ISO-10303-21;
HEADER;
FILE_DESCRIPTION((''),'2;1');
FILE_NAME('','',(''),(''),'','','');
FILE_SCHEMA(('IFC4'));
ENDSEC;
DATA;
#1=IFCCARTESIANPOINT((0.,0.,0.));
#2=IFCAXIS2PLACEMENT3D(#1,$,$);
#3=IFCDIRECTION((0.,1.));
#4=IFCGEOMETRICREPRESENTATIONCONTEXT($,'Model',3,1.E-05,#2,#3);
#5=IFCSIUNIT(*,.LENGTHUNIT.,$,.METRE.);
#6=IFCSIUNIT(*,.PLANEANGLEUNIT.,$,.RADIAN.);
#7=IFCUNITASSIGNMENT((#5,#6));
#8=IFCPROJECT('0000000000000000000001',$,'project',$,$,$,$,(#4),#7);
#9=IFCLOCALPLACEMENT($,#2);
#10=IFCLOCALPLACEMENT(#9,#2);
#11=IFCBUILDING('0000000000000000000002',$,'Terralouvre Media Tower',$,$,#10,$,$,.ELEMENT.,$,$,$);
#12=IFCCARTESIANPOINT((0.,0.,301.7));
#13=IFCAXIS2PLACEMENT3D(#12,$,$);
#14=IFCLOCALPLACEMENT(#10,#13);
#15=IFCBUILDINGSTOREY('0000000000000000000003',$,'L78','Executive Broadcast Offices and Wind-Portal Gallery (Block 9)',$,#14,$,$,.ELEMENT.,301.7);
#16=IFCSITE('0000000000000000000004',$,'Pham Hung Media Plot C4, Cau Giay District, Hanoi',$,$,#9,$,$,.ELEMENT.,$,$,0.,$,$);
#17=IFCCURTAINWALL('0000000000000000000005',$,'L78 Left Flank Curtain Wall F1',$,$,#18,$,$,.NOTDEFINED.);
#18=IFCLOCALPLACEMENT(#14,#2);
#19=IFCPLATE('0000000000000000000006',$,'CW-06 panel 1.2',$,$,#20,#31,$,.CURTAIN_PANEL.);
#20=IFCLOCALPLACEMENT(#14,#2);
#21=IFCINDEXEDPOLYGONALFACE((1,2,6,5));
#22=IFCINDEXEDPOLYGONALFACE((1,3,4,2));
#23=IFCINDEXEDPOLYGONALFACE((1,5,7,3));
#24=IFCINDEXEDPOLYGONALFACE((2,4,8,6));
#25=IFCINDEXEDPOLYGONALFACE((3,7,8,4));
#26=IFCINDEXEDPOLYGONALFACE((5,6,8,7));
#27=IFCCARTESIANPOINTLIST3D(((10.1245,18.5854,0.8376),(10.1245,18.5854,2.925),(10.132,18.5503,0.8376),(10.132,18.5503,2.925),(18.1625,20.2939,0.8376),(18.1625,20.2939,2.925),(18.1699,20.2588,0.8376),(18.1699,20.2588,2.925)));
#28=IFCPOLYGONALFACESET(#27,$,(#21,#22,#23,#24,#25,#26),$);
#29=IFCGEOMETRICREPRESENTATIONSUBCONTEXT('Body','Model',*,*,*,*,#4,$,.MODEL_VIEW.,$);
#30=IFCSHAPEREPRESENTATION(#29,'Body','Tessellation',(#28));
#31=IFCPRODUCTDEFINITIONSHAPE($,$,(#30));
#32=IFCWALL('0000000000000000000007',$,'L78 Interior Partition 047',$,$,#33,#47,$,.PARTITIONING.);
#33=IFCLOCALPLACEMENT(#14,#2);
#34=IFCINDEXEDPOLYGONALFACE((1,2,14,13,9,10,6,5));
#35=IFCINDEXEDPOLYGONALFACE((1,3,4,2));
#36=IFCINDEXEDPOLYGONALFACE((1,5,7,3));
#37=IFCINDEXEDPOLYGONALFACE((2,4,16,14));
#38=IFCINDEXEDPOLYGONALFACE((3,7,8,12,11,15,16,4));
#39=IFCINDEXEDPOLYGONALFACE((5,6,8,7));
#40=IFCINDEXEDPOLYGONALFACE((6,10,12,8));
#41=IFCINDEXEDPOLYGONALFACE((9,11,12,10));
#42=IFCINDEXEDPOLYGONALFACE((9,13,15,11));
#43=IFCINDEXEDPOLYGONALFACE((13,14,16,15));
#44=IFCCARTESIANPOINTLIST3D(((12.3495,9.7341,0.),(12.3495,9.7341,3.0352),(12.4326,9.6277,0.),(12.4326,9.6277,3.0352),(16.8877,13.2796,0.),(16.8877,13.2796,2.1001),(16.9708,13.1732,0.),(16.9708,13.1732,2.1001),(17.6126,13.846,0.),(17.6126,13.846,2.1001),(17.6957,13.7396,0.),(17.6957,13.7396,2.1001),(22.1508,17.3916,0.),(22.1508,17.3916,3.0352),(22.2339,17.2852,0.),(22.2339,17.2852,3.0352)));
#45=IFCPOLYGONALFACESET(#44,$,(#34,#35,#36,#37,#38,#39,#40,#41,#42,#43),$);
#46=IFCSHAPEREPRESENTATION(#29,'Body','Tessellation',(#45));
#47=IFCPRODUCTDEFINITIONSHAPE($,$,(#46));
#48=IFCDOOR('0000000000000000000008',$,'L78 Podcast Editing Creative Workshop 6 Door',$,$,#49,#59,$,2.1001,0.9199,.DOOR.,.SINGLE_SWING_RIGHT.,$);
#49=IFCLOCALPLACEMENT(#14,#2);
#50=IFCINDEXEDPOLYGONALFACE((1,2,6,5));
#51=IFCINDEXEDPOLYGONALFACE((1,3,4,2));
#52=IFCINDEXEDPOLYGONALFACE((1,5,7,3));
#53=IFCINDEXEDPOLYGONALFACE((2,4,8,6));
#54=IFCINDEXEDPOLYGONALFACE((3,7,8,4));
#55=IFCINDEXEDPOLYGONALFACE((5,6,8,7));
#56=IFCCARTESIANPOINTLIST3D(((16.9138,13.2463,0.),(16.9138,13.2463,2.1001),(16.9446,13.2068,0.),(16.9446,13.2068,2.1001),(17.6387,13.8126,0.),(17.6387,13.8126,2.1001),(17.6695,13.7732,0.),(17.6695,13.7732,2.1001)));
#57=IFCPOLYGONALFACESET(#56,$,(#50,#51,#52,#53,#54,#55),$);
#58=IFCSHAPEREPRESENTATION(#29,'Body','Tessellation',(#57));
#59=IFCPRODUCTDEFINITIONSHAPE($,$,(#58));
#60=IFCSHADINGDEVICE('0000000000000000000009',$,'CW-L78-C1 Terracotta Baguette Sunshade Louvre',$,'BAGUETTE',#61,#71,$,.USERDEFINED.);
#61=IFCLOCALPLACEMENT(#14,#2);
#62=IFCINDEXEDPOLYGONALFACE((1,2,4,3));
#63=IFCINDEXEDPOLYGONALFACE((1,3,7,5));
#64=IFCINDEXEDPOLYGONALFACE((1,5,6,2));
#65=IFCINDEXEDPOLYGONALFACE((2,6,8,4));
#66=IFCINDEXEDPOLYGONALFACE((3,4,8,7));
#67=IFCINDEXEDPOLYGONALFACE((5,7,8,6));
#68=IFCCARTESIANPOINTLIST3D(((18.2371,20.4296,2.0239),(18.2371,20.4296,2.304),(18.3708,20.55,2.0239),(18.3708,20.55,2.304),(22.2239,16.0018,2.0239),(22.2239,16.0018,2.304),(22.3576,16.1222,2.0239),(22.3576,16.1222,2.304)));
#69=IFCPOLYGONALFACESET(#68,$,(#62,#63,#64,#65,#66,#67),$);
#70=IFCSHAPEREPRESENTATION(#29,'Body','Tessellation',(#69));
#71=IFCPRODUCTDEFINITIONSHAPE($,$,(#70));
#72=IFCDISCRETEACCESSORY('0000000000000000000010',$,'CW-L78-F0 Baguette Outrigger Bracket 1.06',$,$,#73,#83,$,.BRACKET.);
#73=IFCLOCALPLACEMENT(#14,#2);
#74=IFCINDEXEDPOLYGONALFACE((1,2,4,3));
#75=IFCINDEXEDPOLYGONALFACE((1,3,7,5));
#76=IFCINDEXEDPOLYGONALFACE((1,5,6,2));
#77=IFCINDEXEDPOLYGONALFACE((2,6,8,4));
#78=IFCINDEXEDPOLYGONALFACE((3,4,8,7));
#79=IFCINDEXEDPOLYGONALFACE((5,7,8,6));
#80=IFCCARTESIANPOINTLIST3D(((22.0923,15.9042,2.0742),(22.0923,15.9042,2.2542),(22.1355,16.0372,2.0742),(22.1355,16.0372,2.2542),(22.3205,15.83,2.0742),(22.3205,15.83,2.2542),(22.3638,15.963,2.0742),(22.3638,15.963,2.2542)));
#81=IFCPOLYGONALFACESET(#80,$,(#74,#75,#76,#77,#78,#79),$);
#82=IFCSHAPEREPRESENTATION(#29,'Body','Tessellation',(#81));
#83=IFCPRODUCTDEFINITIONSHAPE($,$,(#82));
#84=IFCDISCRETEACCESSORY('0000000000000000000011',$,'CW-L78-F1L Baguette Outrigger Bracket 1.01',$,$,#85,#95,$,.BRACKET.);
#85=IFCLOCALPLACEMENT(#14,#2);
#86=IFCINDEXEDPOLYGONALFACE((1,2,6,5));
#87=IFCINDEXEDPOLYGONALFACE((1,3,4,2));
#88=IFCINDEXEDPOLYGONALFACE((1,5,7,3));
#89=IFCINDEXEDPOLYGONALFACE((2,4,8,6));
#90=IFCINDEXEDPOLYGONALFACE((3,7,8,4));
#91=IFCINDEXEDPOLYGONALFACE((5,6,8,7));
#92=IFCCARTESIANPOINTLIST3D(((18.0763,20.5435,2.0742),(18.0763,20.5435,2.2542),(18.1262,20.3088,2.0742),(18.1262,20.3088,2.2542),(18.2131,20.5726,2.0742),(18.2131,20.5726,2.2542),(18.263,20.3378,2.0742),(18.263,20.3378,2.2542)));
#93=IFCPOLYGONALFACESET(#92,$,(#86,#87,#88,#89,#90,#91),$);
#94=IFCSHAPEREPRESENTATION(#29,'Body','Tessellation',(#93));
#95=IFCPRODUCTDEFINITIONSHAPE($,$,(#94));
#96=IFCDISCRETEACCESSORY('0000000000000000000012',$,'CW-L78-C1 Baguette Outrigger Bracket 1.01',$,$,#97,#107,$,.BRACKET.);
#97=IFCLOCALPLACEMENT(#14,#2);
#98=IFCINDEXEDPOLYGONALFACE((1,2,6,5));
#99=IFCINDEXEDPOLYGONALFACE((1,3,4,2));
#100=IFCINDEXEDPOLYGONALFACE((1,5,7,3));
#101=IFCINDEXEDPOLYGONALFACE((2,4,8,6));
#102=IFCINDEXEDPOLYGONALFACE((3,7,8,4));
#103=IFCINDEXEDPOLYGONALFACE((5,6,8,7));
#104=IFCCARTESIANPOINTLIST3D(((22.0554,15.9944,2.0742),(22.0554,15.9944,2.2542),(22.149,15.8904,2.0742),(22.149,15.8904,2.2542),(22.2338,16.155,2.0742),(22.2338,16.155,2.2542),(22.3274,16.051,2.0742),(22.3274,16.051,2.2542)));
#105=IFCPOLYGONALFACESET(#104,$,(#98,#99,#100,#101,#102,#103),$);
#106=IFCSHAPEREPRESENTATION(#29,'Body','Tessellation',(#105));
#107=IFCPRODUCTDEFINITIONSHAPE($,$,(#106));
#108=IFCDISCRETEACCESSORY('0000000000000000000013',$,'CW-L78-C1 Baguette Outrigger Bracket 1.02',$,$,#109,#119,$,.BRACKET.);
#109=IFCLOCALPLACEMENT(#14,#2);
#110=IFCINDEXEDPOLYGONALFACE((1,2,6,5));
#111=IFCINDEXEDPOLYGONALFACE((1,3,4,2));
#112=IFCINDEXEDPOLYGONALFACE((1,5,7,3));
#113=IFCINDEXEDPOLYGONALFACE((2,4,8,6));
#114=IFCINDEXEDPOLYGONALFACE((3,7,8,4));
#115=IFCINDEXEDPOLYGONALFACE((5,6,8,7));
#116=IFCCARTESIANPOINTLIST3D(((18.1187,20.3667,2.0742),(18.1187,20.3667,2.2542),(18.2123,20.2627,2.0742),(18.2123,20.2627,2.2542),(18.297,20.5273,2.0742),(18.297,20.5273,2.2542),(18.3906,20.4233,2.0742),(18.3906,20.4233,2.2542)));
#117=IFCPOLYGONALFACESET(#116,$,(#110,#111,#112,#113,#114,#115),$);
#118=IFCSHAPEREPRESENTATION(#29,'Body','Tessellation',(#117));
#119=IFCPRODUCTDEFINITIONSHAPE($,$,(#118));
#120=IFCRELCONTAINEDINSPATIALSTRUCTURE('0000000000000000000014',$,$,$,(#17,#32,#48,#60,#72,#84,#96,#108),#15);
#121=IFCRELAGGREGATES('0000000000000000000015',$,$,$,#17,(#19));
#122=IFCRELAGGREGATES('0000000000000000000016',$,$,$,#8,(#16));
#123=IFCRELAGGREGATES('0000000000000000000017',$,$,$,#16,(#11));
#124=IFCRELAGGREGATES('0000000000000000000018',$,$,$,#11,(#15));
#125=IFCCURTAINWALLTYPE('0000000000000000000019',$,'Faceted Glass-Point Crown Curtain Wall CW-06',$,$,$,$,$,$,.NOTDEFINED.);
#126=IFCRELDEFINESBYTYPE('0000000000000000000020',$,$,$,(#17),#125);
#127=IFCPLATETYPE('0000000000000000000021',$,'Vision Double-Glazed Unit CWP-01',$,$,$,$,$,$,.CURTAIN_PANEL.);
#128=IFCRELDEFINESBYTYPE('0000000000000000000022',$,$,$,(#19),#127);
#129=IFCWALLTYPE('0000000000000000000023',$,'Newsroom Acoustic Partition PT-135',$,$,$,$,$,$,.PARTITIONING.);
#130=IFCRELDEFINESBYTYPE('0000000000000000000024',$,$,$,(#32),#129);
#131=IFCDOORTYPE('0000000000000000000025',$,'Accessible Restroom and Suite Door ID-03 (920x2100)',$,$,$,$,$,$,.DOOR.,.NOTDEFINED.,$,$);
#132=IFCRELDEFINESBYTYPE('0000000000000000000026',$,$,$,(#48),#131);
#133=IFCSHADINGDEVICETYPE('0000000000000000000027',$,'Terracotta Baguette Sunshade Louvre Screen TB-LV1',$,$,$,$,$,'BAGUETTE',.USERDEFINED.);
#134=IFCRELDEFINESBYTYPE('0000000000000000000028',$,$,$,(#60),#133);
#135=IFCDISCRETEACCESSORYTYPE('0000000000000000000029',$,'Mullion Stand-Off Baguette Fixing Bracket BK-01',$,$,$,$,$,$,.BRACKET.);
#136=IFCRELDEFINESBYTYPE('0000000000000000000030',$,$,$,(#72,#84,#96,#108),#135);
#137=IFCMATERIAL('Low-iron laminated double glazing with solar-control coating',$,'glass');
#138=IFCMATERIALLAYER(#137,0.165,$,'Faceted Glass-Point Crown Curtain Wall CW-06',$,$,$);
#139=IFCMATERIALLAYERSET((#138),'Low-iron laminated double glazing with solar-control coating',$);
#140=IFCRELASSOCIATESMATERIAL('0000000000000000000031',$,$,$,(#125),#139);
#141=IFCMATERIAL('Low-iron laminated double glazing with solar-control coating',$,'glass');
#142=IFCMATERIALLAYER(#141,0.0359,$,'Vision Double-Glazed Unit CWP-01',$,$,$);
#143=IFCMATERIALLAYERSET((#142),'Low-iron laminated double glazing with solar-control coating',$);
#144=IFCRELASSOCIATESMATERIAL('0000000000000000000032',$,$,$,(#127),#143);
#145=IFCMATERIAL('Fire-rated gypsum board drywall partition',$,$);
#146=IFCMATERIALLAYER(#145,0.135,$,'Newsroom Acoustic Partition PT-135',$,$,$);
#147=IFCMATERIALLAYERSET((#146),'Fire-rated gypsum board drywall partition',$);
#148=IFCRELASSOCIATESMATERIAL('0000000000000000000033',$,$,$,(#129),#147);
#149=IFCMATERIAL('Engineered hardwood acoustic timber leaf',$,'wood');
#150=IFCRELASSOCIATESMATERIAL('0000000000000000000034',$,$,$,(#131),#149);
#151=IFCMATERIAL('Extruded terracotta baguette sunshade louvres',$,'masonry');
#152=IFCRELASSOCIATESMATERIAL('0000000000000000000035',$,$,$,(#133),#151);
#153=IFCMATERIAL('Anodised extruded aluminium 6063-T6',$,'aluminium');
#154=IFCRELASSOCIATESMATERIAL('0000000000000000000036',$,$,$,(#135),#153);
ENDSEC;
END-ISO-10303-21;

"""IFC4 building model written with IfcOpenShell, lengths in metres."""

from ifc_helpers import new_model, si_unit, direction, frame, frame_2d, origin, origin_2d, place, context, subcontext, project, spatial, rectangle, extrude, material, layer, layer_set, type_object, element, fill, aggregate, save


model = new_model("IFC4")

# Units and contexts
model_context = context("Model", 3, precision=1e-05, world=origin(), true_north=direction((0.0, 1.0)))
body_context = subcontext(model_context, "Body", "Model", "MODEL_VIEW")
ifc_project = project(units=[si_unit("LENGTHUNIT", "METRE"), si_unit("PLANEANGLEUNIT", "RADIAN")], contexts=[model_context])

# Site, building, storey
site_placement = place(None, origin())
site = spatial("IfcSite", under=ifc_project, at=site_placement, Name="Pham Hung Media Plot C4, Cau Giay District, Hanoi", CompositionType="ELEMENT", RefElevation=0.0)
building_placement = place(site_placement, origin())
building = spatial("IfcBuilding", under=site, at=building_placement, Name="Terralouvre Media Tower", CompositionType="ELEMENT")
storey_placement = place(building_placement, frame((0.0, 0.0, 301.7)))
storey = spatial("IfcBuildingStorey", under=building, at=storey_placement, Name="L78", Description="Executive Broadcast Offices and Wind-Portal Gallery (Block 9)", CompositionType="ELEMENT", Elevation=301.7)

# Curtain wall
ifc_material_1 = material(Name="Low-iron laminated double glazing with solar-control coating", Category="glass")
ifc_layer_1 = layer(ifc_material_1, 0.165, Name="Faceted Glass-Point Crown Curtain Wall CW-06")
ifc_layer_set_1 = layer_set([ifc_layer_1], Name="Low-iron laminated double glazing with solar-control coating")
curtain_wall_type_1 = type_object("IfcCurtainWallType", Name="Faceted Glass-Point Crown Curtain Wall CW-06", PredefinedType="NOTDEFINED", material=ifc_layer_set_1)
curtain_wall_1_placement = place(storey_placement, origin())
curtain_wall_1 = element("IfcCurtainWall", 1, at=curtain_wall_1_placement, inside=storey, type_object=curtain_wall_type_1, Name="L78 Left Flank Curtain Wall F1", PredefinedType="NOTDEFINED")

# Plate
ifc_material_2 = material(Name="Low-iron laminated double glazing with solar-control coating", Category="glass")
ifc_layer_2 = layer(ifc_material_2, 0.0359, Name="Vision Double-Glazed Unit CWP-01")
ifc_layer_set_2 = layer_set([ifc_layer_2], Name="Low-iron laminated double glazing with solar-control coating")
plate_type_1 = type_object("IfcPlateType", Name="Vision Double-Glazed Unit CWP-01", PredefinedType="CURTAIN_PANEL", material=ifc_layer_set_2)
plate_1_placement = place(storey_placement, frame((14.1472, 19.4221, 0.8376), z_axis=(0.0, 0.0, 1.0), x_axis=(-0.978148, -0.207912, 0.0)))
plate_1 = element("IfcPlate", 2, at=plate_1_placement, type_object=plate_type_1, Name="CW-06 panel 1.2", PredefinedType="CURTAIN_PANEL", context=body_context, shape_type="SweptSolid", body=[
    extrude(rectangle(XDim=8.2175, YDim=0.0359, at=origin_2d()), origin(), (0.0, 0.0, 1.0), 2.0874),
])
aggregate(curtain_wall_1, [plate_1])

# Wall, opening, door
ifc_material_3 = material(Name="Fire-rated gypsum board drywall partition")
ifc_layer_3 = layer(ifc_material_3, 0.135, Name="Newsroom Acoustic Partition PT-135")
ifc_layer_set_3 = layer_set([ifc_layer_3], Name="Fire-rated gypsum board drywall partition")
wall_type = type_object("IfcWallType", Name="Newsroom Acoustic Partition PT-135", PredefinedType="PARTITIONING", material=ifc_layer_set_3)
wall_placement = place(storey_placement, frame((22.1924, 17.3384, 0.0), z_axis=(0.0, 0.0, 1.0), x_axis=(-0.788015, -0.615655, 0.0)))
wall = element("IfcWall", 3, at=wall_placement, inside=storey, type_object=wall_type, Name="L78 Interior Partition 047", PredefinedType="PARTITIONING", context=body_context, shape_type="SweptSolid", body=[
    extrude(rectangle(XDim=12.438, YDim=0.135, at=frame_2d((6.219, 0.0))), origin(), (0.0, 0.0, 1.0), 3.0352),
])
opening_placement = place(wall_placement, frame((5.759, 0.0, 0.0)))
opening = element("IfcOpeningElement", 4, at=opening_placement, cuts=wall, PredefinedType="OPENING", context=body_context, shape_type="SweptSolid", body=[
    extrude(rectangle(XDim=0.9199, YDim=2.1001, at=frame_2d((0.46, 1.05))), frame((0.0, 0.0774, 0.0), z_axis=(0.0, -1.0, 0.0), x_axis=(1.0, 0.0, 0.0)), (0.0, 0.0, 1.0), 0.155),
])
ifc_material_4 = material(Name="Engineered hardwood acoustic timber leaf", Category="wood")
door_type = type_object("IfcDoorType", Name="Accessible Restroom and Suite Door ID-03 (920x2100)", OperationType="NOTDEFINED", PredefinedType="DOOR", material=ifc_material_4)
door_placement = place(opening_placement, origin())
door = element("IfcDoor", 5, at=door_placement, inside=storey, type_object=door_type, Name="L78 Podcast Editing Creative Workshop 6 Door", OperationType="SINGLE_SWING_RIGHT", OverallHeight=2.1001, OverallWidth=0.9199, PredefinedType="DOOR", context=body_context, shape_type="SweptSolid", body=[
    extrude(rectangle(XDim=0.9199, YDim=2.1001, at=frame_2d((0.46, 1.05))), frame((0.0, 0.0249, 0.0), z_axis=(0.0, -1.0, 0.0), x_axis=(1.0, 0.0, 0.0)), (0.0, 0.0, 1.0), 0.05),
])
fill(opening, door)

# Shading device
ifc_material_5 = material(Name="Extruded terracotta baguette sunshade louvres", Category="masonry")
shading_device_type = type_object("IfcShadingDeviceType", Name="Terracotta Baguette Sunshade Louvre Screen TB-LV1", ElementType="BAGUETTE", PredefinedType="USERDEFINED", material=ifc_material_5)
shading_device_placement = place(storey_placement, frame((20.2974, 18.2759, 2.0239), z_axis=(0.0, 0.0, 1.0), x_axis=(-0.66913, 0.743145, 0.0)))
element("IfcShadingDevice", 6, at=shading_device_placement, inside=storey, type_object=shading_device_type, Name="CW-L78-C1 Terracotta Baguette Sunshade Louvre", ObjectType="BAGUETTE", PredefinedType="USERDEFINED", context=body_context, shape_type="SweptSolid", body=[
    extrude(rectangle(XDim=5.9583, YDim=0.1799, at=origin_2d()), origin(), (0.0, 0.0, 1.0), 0.28),
])

# Discrete accessories
ifc_material_6 = material(Name="Anodised extruded aluminium 6063-T6", Category="aluminium")
discrete_accessory_type = type_object("IfcDiscreteAccessoryType", Name="Mullion Stand-Off Baguette Fixing Bracket BK-01", PredefinedType="BRACKET", material=ifc_material_6)
for number, where, z_axis, x_axis, name in (
    (7, (22.228, 15.9336, 2.0742), (0.0, 0.0, 1.0), (0.309017, 0.951057, 0.0), "CW-L78-F0 Baguette Outrigger Bracket 1.06"),
    (8, (18.1697, 20.4407, 2.0742), (0.0, 0.0, 1.0), (-0.978148, -0.207912, 0.0), "CW-L78-F1L Baguette Outrigger Bracket 1.01"),
    (9, (22.1914, 16.0227, 2.0742), (0.0, 0.0, 1.0), (-0.66913, 0.743145, 0.0), "CW-L78-C1 Baguette Outrigger Bracket 1.01"),
    (10, (18.2546, 20.395, 2.0742), (0.0, 0.0, 1.0), (-0.66913, 0.743145, 0.0), "CW-L78-C1 Baguette Outrigger Bracket 1.02"),
):
    element("IfcDiscreteAccessory", number, at=place(storey_placement, frame(where, z_axis=z_axis, x_axis=x_axis)), inside=storey, type_object=discrete_accessory_type, Name=name, PredefinedType="BRACKET", context=body_context, shape_type="SweptSolid", body=[
        extrude(rectangle(XDim=0.1399, YDim=0.24, at=origin_2d()), origin(), (0.0, 0.0, 1.0), 0.1799),
    ])

save(model, "model.ifc")
